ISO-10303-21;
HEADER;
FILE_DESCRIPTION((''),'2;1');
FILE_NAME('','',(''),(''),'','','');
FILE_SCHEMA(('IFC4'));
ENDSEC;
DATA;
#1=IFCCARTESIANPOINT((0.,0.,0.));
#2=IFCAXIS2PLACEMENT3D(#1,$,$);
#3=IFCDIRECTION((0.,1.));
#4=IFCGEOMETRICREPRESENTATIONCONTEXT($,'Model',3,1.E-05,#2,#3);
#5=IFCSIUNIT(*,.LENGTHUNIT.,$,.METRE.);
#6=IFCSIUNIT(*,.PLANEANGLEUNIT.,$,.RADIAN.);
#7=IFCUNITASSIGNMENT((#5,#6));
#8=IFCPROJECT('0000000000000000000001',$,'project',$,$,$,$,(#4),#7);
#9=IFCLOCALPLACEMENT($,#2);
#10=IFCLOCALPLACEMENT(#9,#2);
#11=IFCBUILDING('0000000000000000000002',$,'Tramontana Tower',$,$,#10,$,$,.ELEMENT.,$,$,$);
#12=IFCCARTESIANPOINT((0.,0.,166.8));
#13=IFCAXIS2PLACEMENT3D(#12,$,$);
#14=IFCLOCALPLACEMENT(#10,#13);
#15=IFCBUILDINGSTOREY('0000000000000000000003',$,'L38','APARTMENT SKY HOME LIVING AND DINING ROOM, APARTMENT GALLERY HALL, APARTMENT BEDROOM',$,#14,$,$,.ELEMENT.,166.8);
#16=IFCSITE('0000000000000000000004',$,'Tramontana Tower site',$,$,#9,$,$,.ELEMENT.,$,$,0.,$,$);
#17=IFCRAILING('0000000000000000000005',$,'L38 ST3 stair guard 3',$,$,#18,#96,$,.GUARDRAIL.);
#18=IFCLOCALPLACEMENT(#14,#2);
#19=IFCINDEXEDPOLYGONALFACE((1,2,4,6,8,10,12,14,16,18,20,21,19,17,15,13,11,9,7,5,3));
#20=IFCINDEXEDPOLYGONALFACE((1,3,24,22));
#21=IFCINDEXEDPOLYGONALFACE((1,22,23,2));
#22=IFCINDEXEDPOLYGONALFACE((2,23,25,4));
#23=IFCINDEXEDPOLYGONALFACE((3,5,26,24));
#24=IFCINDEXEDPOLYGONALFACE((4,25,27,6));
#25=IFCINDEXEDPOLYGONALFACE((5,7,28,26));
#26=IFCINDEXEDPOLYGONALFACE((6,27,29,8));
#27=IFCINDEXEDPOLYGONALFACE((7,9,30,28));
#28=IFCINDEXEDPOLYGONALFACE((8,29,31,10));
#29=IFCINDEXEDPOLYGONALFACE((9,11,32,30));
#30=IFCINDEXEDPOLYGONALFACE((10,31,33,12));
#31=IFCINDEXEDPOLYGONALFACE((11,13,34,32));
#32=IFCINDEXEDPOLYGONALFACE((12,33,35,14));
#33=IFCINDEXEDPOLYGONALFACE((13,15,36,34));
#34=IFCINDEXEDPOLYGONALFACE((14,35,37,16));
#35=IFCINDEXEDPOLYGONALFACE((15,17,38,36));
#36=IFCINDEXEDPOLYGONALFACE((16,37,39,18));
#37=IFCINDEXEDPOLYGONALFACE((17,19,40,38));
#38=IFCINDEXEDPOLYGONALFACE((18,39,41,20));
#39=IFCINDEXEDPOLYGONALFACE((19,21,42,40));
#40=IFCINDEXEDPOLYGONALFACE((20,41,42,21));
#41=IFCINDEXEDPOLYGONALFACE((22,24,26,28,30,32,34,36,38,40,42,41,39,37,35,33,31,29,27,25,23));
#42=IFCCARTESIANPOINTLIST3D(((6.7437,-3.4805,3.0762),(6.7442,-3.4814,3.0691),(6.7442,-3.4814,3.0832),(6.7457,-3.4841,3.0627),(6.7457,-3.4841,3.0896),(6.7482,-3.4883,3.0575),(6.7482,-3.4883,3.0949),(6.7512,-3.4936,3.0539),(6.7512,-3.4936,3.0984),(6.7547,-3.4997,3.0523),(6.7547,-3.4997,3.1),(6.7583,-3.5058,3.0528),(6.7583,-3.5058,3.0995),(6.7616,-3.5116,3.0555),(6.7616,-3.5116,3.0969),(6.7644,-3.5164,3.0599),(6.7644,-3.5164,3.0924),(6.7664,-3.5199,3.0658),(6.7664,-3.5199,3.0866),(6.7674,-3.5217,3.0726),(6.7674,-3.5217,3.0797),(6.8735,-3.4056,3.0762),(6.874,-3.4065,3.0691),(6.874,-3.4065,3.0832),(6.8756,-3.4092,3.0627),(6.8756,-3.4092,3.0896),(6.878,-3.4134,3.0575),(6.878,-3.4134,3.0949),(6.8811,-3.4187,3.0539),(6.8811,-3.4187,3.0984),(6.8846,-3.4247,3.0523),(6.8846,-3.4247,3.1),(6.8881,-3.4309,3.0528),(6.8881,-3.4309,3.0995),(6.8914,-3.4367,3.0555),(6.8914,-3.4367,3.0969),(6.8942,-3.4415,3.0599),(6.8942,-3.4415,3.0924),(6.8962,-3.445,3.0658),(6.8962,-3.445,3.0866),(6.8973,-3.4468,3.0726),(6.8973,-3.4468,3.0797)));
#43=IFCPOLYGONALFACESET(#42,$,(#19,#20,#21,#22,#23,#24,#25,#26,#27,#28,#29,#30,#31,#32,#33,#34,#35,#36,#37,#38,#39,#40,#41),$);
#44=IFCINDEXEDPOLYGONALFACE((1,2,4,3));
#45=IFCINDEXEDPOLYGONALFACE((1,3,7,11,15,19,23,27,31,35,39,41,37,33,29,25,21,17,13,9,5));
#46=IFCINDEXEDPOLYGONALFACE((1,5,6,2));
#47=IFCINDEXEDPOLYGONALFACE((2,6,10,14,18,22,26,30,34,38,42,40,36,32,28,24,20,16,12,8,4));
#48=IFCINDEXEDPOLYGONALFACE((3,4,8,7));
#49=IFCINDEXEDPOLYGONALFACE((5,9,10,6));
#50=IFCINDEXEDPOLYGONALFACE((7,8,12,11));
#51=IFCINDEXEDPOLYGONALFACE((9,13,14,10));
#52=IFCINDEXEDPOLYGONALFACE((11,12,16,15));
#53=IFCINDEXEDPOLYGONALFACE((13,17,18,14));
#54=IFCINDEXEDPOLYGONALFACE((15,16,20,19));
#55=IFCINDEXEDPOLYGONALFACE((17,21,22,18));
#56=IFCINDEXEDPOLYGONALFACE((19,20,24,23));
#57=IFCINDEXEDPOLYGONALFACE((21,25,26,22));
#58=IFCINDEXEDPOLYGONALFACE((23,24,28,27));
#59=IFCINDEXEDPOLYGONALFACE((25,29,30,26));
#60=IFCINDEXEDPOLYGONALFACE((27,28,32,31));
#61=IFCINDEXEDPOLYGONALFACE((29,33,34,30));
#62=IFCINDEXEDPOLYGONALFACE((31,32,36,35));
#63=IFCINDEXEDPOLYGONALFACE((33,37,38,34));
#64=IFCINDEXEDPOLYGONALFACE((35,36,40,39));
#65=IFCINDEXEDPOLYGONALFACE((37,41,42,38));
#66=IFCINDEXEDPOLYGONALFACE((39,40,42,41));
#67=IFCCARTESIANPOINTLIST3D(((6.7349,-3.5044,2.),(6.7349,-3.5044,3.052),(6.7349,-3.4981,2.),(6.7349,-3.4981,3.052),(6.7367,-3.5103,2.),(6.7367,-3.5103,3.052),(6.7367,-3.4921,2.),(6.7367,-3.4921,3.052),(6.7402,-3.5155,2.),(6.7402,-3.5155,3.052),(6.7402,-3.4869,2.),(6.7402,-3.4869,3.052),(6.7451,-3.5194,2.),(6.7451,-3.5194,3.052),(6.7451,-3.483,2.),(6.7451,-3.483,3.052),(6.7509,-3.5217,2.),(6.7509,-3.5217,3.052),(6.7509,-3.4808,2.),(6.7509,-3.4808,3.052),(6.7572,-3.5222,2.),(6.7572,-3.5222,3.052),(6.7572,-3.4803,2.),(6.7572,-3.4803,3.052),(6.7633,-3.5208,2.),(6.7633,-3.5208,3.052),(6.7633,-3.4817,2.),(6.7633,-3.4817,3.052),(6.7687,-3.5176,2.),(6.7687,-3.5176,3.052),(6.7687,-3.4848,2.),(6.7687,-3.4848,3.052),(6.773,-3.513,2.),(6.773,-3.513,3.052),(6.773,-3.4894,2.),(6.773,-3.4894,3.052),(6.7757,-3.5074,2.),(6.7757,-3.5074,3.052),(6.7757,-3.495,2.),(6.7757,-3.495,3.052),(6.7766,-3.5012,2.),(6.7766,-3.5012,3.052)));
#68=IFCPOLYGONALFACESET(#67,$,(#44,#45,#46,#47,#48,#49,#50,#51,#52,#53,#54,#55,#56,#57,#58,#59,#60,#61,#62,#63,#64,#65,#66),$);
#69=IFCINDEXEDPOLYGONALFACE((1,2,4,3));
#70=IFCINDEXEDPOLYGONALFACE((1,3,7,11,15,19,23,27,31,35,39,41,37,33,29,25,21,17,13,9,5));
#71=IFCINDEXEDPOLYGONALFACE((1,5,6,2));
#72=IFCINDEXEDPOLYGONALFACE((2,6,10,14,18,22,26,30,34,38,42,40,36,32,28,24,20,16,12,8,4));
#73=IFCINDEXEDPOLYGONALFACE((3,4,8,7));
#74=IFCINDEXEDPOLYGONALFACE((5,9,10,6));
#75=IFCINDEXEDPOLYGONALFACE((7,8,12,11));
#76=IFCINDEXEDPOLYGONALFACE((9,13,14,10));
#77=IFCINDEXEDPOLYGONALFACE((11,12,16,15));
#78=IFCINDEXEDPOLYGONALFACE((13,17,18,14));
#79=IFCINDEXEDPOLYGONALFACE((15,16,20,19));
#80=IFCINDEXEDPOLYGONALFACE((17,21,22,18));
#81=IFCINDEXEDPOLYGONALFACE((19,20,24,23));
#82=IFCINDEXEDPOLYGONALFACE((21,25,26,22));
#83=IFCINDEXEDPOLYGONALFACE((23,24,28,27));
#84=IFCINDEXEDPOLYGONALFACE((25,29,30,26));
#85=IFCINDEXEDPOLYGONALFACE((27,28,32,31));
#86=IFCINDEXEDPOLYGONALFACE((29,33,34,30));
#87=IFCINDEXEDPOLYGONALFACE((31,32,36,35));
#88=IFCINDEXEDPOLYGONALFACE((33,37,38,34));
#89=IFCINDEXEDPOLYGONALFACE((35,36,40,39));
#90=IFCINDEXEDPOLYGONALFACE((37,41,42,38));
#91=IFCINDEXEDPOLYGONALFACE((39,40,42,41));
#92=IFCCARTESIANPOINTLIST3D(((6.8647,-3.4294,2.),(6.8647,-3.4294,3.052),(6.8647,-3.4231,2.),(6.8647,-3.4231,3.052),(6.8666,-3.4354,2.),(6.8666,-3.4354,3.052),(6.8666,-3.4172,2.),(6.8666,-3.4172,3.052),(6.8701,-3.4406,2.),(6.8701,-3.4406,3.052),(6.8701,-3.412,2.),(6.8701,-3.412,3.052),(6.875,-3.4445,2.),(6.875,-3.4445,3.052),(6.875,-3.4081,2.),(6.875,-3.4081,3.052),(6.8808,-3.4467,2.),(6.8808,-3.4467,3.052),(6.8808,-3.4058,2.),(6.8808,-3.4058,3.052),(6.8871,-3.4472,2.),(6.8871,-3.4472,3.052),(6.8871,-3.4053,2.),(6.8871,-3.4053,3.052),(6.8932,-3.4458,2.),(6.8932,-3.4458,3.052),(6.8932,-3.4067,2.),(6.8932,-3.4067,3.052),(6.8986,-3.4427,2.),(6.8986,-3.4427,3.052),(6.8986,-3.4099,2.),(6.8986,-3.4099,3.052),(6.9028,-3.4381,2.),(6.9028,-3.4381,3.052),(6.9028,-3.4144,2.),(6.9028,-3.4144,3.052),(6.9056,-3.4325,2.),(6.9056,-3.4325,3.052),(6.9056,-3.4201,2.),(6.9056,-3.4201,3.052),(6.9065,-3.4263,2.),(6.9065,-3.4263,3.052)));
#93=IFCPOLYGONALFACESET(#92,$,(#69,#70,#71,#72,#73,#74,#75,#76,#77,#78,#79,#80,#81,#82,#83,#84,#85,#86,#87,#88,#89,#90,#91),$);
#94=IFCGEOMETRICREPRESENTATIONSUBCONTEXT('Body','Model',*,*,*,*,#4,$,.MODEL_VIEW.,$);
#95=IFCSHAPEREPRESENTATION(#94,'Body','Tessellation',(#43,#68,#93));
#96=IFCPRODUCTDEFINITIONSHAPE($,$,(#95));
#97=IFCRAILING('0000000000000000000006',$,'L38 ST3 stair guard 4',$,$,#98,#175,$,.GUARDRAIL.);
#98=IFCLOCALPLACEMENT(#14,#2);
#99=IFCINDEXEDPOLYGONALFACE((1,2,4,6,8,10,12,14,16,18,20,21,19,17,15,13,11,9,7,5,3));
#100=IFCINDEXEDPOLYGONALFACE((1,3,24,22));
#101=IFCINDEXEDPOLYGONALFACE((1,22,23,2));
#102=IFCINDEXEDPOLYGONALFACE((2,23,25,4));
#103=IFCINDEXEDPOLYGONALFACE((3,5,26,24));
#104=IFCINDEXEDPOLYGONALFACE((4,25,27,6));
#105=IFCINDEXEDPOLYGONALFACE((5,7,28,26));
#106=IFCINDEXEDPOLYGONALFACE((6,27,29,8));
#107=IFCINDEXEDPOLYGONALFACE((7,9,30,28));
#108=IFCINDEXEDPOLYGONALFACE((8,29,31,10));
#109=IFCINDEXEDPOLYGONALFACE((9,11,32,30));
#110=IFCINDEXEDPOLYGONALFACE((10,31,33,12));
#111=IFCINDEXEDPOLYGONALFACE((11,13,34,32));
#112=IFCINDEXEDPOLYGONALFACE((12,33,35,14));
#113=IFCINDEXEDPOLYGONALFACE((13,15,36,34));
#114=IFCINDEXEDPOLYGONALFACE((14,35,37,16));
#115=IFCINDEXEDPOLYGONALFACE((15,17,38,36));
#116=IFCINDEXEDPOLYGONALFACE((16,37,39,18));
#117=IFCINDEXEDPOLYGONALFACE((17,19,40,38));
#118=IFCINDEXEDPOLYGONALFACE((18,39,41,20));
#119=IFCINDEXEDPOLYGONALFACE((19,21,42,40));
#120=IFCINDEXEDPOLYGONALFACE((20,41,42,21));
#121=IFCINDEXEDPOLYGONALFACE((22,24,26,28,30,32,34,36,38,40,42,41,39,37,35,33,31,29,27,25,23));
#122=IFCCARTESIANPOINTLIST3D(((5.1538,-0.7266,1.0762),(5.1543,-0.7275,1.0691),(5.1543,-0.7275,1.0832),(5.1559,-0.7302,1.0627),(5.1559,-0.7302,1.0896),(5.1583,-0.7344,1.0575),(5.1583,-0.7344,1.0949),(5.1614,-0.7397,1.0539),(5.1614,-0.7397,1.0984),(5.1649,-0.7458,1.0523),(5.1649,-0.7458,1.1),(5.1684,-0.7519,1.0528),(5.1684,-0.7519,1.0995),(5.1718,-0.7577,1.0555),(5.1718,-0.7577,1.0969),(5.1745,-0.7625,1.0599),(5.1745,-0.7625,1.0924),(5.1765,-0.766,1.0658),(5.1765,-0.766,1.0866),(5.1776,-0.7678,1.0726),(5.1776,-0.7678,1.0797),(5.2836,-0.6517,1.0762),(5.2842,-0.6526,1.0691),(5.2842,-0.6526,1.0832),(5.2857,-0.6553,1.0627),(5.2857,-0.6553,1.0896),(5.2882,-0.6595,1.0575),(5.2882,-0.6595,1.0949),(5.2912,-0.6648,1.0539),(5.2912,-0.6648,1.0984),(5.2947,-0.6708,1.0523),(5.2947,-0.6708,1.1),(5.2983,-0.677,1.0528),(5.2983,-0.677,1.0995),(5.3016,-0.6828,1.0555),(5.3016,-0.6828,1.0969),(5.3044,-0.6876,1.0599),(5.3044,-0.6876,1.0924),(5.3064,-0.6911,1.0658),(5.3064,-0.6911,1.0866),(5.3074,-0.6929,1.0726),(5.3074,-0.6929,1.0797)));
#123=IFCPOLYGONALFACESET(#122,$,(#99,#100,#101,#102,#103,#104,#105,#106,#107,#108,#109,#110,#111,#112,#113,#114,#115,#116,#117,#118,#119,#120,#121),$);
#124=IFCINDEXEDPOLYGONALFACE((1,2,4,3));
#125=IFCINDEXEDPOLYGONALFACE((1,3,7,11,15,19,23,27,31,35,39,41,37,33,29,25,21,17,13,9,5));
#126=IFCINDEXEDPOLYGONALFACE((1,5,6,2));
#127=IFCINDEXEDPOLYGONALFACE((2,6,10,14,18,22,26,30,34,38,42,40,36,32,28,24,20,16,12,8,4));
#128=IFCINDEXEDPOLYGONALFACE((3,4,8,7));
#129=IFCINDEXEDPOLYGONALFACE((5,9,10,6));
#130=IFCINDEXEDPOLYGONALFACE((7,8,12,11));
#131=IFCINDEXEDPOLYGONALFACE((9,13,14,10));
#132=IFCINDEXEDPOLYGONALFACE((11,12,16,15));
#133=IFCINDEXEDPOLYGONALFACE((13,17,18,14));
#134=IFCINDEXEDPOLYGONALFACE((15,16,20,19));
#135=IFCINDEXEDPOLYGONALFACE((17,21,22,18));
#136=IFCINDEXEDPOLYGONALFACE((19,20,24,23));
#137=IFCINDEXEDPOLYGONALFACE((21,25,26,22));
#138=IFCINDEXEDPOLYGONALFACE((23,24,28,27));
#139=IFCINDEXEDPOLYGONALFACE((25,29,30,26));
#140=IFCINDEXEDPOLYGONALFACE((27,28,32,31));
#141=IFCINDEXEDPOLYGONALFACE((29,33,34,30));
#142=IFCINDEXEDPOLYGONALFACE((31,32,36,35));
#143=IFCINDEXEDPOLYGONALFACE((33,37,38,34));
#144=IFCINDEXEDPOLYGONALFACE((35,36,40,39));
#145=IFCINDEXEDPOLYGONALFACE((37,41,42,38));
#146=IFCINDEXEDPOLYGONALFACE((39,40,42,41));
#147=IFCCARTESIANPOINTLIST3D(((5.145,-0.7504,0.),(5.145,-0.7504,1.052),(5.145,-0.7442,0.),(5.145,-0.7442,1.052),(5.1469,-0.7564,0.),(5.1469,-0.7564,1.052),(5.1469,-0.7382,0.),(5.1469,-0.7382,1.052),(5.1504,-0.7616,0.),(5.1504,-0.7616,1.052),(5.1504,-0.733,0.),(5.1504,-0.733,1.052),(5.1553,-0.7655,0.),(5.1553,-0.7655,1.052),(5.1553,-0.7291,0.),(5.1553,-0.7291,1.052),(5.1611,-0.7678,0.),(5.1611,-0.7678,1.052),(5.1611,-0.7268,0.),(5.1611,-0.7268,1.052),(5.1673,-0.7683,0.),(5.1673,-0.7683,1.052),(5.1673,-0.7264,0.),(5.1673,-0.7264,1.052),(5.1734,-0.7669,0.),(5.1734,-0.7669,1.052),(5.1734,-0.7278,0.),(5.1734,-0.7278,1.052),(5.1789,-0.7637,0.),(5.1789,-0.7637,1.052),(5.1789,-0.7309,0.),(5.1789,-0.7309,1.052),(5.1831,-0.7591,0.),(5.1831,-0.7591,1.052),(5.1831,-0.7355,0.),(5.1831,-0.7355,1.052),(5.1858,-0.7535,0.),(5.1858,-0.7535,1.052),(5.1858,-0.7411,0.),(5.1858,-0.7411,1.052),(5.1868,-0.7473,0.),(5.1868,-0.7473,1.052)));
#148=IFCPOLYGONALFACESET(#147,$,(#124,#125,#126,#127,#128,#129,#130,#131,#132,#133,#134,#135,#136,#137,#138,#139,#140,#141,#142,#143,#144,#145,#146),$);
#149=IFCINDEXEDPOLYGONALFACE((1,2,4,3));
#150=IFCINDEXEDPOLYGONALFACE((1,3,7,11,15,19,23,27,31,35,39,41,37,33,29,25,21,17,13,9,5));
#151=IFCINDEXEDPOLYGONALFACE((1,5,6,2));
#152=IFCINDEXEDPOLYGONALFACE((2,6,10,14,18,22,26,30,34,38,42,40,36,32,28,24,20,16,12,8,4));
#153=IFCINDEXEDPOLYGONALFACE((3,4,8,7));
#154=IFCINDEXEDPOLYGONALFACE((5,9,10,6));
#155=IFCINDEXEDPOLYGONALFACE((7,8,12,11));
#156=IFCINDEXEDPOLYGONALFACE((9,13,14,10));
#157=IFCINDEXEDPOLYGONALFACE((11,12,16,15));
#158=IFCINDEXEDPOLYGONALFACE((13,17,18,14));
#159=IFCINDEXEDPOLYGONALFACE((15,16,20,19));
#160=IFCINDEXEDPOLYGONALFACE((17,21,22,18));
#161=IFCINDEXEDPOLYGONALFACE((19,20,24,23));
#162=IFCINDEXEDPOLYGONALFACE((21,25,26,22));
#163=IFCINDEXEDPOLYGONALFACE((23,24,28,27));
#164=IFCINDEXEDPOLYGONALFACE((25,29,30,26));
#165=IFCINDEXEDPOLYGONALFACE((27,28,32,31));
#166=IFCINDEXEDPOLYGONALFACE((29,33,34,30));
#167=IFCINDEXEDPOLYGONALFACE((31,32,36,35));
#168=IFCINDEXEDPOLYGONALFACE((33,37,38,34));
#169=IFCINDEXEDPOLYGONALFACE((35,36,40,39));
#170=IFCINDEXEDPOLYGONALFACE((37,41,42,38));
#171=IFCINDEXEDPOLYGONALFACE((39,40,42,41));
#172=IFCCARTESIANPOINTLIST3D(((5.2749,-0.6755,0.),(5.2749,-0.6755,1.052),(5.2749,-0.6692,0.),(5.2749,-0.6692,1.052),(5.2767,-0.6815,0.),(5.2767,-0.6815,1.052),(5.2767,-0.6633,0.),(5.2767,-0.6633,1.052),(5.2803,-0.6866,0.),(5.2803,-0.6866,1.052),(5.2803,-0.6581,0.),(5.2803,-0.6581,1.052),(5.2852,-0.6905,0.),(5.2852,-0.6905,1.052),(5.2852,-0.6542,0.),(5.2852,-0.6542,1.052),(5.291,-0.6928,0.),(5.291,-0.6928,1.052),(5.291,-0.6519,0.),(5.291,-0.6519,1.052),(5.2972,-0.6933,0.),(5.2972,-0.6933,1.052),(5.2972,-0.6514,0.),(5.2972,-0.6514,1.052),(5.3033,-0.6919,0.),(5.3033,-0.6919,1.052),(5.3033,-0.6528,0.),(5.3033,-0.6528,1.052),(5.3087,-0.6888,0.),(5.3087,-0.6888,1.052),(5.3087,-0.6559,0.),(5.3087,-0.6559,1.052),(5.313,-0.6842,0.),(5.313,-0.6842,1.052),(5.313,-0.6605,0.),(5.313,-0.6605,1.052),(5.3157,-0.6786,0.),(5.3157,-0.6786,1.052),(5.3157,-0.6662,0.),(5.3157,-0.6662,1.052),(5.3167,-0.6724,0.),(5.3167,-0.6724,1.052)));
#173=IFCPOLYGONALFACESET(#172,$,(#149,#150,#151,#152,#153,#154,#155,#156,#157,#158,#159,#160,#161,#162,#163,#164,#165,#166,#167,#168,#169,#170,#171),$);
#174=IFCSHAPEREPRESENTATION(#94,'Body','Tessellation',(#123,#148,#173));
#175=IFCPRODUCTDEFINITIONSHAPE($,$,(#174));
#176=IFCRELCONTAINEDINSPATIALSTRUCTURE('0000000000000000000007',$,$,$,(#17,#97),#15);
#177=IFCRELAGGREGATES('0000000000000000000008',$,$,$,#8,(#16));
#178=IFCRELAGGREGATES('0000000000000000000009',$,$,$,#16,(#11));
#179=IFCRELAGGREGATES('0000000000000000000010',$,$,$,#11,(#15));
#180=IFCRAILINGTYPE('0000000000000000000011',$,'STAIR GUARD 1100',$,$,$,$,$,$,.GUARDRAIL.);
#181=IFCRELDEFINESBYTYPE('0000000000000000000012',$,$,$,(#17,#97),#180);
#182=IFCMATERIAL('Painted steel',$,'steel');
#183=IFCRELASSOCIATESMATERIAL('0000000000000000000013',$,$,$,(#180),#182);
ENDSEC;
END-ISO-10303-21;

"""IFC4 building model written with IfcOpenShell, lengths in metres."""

from ifc_helpers import new_model, si_unit, direction, frame, origin, origin_2d, place, context, subcontext, project, spatial, circle, extrude, material, type_object, element, save


model = new_model("IFC4")

# Units and contexts
model_context = context("Model", 3, precision=1e-05, world=origin(), true_north=direction((0.0, 1.0)))
body_context = subcontext(model_context, "Body", "Model", "MODEL_VIEW")
ifc_project = project(units=[si_unit("LENGTHUNIT", "METRE"), si_unit("PLANEANGLEUNIT", "RADIAN")], contexts=[model_context])

# Site, building, storey
site_placement = place(None, origin())
site = spatial("IfcSite", under=ifc_project, at=site_placement, Name="Tramontana Tower site", CompositionType="ELEMENT", RefElevation=0.0)
building_placement = place(site_placement, origin())
building = spatial("IfcBuilding", under=site, at=building_placement, Name="Tramontana Tower", CompositionType="ELEMENT")
storey_placement = place(building_placement, frame((0.0, 0.0, 166.8)))
storey = spatial("IfcBuildingStorey", under=building, at=storey_placement, Name="L38", Description="APARTMENT SKY HOME LIVING AND DINING ROOM, APARTMENT GALLERY HALL, APARTMENT BEDROOM", CompositionType="ELEMENT", Elevation=166.8)

# Railings
ifc_material_1 = material(Name="Painted steel", Category="steel")
railing_type_1 = type_object("IfcRailingType", Name="STAIR GUARD 1100", PredefinedType="GUARDRAIL", material=ifc_material_1)
for number, where, name in (
    (1, (6.7556, -3.5012, 2.0), "L38 ST3 stair guard 3"),
    (2, (5.1658, -0.7473, 0.0), "L38 ST3 stair guard 4"),
):
    element("IfcRailing", number, at=place(storey_placement, frame(where)), inside=storey, type_object=railing_type_1, Name=name, PredefinedType="GUARDRAIL", context=body_context, shape_type="SweptSolid", body=[
        extrude(circle(Radius=0.0239, at=origin_2d()), frame((0.0, 0.0, 1.0762), z_axis=(0.866131, 0.499816, 0.0), x_axis=(-0.499816, 0.866131, 0.0)), (0.0, 0.0, 1.0), 0.1499),
        extrude(circle(Radius=0.021, at=origin_2d()), origin(), (0.0, 0.0, 1.0), 1.052),
        extrude(circle(Radius=0.021, at=origin_2d()), frame((0.1299, 0.075, 0.0)), (0.0, 0.0, 1.0), 1.052),
    ])

save(model, "model.ifc")
